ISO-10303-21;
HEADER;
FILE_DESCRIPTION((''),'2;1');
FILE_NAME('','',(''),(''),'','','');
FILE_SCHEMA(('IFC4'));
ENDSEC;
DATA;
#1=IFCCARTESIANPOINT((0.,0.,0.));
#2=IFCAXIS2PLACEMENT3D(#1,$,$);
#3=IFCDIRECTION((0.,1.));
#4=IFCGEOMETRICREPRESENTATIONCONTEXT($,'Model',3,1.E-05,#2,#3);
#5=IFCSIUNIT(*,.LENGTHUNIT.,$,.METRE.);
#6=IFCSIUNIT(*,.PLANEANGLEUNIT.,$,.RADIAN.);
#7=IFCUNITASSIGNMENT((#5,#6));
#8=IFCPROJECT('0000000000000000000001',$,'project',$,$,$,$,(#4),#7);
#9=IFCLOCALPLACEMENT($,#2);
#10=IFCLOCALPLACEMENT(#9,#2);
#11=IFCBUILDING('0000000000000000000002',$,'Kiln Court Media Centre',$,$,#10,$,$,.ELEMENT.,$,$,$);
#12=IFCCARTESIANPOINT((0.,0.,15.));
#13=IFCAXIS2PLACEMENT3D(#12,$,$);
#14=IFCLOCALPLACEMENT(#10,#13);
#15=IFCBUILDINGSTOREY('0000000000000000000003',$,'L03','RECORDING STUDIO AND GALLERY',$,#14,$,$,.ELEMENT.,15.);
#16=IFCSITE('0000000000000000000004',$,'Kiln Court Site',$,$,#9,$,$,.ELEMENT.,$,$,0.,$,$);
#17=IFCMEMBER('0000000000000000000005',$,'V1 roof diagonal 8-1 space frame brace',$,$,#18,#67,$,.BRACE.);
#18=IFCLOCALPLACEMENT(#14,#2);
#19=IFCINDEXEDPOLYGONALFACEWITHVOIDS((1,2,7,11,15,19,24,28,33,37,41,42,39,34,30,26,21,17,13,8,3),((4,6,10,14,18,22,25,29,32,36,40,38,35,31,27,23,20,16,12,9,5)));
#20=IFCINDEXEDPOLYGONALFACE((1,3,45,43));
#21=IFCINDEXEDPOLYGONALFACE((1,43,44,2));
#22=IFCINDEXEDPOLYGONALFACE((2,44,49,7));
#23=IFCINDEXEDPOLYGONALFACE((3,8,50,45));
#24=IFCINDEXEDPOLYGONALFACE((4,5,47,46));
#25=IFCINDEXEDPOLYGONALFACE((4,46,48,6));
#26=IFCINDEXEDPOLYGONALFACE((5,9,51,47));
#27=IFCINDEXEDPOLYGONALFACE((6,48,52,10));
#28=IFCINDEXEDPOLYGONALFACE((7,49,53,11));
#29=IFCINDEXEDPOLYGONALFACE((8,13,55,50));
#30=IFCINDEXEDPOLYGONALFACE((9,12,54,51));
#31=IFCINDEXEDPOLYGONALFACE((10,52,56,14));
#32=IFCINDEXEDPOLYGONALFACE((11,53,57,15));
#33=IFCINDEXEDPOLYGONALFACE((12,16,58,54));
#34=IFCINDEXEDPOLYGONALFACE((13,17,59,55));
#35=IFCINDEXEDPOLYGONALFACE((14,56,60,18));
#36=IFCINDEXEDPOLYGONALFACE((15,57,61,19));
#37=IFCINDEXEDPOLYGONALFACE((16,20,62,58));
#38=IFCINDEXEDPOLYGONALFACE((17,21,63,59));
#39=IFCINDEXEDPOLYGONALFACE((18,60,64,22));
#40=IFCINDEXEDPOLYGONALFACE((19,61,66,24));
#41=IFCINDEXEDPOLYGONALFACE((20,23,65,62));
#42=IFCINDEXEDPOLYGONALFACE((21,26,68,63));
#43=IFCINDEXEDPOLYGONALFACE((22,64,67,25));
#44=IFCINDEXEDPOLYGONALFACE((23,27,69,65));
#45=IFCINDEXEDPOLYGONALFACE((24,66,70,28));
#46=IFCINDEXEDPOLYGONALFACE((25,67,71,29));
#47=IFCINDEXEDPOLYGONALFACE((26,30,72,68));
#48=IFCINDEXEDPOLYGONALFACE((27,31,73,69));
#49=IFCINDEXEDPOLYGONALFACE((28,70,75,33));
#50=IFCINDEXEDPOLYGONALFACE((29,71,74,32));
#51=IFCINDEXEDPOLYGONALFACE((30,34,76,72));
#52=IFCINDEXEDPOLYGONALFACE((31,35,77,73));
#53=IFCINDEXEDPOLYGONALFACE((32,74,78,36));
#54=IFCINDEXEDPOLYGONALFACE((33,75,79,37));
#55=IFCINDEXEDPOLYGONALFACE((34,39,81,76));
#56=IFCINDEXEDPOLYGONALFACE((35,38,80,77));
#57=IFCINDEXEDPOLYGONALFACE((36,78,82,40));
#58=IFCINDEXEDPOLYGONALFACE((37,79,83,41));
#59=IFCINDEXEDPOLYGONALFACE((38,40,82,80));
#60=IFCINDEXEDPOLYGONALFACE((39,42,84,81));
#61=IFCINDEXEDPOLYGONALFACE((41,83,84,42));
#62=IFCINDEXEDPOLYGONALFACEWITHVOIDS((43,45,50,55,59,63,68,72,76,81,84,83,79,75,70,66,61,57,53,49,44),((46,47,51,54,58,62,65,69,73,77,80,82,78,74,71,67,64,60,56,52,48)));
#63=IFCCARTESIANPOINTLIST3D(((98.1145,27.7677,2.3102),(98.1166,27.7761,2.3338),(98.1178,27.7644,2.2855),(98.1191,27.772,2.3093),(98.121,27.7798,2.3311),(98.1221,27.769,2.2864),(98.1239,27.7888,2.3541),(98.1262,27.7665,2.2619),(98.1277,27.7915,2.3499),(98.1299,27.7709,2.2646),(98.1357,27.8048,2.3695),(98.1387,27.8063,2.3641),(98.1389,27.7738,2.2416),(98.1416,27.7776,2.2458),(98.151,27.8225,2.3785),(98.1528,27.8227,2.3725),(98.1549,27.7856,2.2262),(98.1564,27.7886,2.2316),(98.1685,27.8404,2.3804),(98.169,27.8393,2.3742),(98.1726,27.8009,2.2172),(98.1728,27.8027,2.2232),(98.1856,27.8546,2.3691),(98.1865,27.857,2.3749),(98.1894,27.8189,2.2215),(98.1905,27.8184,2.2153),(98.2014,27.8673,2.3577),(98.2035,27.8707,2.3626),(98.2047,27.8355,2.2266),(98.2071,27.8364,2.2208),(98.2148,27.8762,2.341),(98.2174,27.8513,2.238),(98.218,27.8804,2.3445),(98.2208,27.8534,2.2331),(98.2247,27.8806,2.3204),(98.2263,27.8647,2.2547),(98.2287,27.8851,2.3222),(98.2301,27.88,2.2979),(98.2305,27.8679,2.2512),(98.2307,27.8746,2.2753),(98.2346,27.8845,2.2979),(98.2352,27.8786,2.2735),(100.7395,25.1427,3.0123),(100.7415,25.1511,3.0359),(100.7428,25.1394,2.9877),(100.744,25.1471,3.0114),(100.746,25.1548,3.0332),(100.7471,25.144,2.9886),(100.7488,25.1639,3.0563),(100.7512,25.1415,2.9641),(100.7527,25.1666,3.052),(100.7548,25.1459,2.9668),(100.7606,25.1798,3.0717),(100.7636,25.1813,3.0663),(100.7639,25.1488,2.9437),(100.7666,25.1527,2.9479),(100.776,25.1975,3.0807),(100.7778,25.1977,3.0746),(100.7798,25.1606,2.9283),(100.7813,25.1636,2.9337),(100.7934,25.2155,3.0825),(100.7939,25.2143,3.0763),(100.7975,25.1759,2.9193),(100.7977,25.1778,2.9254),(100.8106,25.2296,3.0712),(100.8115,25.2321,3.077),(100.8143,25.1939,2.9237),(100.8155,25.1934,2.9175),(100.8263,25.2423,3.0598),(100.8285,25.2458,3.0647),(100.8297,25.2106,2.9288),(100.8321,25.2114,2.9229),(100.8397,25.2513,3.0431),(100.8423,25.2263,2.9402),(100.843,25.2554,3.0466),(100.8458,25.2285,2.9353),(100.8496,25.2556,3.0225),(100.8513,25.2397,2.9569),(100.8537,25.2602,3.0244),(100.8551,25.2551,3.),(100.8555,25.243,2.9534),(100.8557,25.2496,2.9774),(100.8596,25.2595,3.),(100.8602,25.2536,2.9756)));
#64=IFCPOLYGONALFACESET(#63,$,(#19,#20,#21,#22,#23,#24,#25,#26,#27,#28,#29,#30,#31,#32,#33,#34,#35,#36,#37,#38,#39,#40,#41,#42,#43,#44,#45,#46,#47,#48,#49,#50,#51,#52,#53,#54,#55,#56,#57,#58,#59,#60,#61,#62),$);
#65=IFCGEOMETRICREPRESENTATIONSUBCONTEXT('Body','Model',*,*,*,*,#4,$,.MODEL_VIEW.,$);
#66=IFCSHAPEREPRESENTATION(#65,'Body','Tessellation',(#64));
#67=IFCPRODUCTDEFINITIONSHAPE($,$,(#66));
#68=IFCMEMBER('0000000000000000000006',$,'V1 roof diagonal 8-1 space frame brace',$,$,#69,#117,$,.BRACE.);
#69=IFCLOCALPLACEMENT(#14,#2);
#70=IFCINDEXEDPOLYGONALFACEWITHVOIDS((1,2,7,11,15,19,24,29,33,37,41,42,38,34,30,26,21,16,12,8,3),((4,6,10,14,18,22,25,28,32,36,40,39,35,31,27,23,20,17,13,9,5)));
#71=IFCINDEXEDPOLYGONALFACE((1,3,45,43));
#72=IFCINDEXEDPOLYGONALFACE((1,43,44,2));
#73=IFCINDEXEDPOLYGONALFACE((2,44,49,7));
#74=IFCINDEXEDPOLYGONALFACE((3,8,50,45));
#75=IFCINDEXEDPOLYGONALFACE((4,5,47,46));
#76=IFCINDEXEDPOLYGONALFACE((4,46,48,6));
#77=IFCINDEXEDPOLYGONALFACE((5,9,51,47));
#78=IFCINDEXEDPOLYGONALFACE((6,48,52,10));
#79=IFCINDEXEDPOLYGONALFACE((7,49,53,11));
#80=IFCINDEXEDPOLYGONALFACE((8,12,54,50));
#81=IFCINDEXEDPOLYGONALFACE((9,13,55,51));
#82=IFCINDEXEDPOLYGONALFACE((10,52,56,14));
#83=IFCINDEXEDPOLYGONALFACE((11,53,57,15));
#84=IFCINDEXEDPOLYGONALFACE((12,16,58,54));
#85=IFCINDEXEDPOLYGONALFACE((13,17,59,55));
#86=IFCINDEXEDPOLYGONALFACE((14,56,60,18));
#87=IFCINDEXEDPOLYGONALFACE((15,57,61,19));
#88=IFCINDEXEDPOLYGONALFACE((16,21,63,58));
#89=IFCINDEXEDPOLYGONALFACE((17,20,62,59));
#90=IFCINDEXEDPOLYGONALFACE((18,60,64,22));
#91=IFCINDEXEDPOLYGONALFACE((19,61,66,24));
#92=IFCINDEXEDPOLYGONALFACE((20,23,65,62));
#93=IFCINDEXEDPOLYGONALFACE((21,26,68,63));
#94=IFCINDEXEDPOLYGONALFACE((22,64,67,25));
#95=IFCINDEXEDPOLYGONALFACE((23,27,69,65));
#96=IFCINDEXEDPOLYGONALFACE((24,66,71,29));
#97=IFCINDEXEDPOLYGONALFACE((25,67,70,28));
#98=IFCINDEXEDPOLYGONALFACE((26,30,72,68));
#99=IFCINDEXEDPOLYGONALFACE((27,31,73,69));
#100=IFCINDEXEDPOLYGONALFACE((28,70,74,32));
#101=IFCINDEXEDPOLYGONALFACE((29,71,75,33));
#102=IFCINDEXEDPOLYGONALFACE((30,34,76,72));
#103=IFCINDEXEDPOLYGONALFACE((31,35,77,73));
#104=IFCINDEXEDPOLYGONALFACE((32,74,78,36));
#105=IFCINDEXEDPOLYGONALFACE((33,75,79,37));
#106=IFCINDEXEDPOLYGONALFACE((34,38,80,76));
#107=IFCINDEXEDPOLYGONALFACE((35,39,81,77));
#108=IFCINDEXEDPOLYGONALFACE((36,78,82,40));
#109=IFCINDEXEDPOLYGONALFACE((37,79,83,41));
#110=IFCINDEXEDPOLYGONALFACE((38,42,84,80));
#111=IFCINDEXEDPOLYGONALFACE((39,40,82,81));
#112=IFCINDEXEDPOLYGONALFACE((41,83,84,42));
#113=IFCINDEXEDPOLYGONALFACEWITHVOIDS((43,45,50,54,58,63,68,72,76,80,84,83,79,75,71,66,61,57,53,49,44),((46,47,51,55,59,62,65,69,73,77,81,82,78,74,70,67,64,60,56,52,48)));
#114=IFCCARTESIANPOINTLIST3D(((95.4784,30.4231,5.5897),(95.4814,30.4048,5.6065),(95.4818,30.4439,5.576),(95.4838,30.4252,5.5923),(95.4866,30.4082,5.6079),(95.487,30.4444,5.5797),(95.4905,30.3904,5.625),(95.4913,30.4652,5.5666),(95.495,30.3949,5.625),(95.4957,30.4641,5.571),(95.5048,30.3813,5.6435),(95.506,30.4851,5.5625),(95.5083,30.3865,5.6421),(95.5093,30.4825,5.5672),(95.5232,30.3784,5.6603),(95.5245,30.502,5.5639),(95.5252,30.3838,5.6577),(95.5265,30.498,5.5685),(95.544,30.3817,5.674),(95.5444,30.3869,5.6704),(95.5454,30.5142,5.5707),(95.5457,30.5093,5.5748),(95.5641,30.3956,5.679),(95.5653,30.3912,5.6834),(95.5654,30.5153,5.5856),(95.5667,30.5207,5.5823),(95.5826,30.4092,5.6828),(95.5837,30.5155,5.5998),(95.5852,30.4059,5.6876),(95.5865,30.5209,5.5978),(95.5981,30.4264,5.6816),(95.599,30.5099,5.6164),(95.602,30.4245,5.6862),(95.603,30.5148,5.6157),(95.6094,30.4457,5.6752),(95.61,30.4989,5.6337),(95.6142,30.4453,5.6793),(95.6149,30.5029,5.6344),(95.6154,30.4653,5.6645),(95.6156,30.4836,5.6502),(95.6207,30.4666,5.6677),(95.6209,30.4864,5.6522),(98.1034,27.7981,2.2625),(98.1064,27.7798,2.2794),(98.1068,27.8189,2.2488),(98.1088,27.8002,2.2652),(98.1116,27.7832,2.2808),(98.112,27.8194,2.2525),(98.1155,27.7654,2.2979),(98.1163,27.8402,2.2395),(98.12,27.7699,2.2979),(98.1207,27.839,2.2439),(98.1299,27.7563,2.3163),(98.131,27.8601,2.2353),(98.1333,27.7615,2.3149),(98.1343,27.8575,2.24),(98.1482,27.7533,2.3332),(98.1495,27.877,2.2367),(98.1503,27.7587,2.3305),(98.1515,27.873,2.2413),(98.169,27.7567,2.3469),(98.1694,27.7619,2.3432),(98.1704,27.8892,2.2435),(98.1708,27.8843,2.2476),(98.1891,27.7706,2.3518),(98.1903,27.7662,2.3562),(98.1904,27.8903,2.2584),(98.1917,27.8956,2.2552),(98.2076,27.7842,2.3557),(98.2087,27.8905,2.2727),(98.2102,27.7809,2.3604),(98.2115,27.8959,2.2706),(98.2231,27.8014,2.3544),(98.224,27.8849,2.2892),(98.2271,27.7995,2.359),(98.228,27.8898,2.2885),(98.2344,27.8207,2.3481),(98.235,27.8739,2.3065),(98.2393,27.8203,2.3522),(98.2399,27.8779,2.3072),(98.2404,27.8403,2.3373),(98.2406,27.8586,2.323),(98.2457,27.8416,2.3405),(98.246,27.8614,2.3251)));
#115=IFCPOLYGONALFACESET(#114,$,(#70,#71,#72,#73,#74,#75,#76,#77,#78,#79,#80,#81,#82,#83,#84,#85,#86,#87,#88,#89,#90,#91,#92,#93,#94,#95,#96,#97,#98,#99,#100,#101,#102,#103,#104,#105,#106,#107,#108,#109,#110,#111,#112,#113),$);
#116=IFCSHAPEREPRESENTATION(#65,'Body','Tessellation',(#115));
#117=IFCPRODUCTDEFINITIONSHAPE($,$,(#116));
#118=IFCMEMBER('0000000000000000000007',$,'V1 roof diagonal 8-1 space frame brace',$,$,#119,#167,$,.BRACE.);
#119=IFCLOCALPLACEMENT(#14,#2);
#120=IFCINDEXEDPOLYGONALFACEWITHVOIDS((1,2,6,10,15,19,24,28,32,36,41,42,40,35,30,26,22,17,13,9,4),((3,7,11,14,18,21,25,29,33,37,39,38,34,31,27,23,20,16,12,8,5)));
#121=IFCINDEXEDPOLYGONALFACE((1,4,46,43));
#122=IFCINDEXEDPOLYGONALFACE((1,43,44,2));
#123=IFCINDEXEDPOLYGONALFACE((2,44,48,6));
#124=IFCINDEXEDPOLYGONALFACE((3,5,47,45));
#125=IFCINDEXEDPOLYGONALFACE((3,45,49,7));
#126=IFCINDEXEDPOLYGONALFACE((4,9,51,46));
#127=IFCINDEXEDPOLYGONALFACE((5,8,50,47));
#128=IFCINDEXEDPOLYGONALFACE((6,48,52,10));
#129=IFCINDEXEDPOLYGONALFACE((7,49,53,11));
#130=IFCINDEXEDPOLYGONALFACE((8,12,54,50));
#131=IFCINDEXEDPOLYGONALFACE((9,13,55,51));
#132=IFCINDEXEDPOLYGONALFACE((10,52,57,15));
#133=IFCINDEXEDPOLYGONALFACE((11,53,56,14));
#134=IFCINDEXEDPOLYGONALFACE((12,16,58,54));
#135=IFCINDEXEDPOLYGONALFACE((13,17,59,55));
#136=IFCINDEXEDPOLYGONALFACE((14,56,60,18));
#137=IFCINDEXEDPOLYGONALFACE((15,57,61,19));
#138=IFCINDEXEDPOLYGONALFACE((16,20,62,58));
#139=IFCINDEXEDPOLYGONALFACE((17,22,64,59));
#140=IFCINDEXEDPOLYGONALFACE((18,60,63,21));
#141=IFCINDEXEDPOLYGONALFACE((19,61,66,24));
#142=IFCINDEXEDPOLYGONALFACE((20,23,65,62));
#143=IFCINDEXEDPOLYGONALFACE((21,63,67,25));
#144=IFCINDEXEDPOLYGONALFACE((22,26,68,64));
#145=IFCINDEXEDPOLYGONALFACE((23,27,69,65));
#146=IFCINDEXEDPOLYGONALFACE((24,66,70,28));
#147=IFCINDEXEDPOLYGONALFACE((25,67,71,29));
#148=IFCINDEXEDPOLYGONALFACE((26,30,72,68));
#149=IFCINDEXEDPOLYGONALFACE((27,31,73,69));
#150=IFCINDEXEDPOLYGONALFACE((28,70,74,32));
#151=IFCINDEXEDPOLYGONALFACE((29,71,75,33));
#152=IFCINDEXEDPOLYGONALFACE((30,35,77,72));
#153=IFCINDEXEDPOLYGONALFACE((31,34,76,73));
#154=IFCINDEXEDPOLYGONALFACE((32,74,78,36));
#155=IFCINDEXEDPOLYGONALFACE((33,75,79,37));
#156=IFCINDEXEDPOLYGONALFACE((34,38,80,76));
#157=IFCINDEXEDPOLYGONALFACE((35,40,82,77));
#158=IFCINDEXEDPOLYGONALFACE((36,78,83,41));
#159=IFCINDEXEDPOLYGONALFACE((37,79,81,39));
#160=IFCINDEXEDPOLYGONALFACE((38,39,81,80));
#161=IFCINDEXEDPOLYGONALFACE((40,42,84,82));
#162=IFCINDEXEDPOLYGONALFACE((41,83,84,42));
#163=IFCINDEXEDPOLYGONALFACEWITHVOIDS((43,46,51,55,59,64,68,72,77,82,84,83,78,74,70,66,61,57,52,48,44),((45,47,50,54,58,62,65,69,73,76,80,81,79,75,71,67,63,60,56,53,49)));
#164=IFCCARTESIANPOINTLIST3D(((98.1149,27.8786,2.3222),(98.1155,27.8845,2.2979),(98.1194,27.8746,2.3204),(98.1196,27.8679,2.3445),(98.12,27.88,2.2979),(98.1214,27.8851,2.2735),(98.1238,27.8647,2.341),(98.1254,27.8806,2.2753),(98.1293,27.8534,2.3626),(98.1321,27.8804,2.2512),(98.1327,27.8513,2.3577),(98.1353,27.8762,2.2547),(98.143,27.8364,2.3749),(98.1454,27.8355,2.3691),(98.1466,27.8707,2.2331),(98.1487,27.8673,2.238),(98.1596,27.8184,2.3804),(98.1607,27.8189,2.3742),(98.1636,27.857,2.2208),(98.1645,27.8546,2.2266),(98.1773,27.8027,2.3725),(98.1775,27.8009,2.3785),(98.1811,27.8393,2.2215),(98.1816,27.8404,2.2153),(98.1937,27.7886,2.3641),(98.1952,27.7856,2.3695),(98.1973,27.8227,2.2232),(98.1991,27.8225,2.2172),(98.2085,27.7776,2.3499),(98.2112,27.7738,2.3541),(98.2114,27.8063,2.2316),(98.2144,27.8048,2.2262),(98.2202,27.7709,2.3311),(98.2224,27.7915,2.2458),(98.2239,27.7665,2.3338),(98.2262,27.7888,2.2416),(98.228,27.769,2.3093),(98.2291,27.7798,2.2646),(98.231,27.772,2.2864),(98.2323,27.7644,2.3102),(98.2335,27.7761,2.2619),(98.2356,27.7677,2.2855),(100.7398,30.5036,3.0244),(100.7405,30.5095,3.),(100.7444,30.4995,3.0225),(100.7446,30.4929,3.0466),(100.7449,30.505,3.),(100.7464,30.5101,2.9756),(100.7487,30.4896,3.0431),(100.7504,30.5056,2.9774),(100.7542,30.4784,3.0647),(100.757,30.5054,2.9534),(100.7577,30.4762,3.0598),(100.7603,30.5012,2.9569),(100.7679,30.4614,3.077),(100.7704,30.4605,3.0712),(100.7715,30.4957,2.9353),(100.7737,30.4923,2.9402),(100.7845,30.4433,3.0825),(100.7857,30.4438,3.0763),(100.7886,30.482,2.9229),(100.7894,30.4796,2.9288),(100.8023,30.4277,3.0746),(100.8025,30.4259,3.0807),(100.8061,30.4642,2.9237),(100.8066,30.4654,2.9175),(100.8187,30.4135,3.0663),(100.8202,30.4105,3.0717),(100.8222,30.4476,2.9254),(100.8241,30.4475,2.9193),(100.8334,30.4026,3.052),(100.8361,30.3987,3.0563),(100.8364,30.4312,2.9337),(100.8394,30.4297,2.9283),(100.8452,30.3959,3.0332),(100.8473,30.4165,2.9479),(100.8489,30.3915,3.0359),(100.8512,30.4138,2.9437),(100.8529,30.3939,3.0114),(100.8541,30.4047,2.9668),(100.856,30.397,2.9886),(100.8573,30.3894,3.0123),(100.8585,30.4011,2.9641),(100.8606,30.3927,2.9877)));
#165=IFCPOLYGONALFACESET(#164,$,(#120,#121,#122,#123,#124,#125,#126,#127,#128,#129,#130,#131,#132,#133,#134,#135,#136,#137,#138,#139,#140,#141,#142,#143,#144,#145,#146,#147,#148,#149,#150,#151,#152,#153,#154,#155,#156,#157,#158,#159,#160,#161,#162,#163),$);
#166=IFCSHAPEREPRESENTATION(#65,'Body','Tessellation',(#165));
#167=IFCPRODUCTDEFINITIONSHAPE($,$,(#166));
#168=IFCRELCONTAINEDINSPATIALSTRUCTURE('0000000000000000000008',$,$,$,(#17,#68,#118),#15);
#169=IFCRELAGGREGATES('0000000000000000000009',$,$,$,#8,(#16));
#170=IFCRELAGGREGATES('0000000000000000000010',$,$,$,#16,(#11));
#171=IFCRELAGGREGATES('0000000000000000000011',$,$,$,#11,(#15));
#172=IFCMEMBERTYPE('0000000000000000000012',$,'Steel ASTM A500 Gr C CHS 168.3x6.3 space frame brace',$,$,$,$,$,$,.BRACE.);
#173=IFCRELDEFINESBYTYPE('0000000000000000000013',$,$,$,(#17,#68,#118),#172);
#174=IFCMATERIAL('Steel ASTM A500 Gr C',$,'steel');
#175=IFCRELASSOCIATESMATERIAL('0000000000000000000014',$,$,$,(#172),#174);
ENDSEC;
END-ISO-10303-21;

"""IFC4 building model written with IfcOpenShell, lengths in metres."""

from ifc_helpers import new_model, si_unit, direction, frame, origin, origin_2d, place, context, subcontext, project, spatial, hollow_circle, extrude, material, material_profile, profile_set, type_object, element, save


model = new_model("IFC4")

# Units and contexts
model_context = context("Model", 3, precision=1e-05, world=origin(), true_north=direction((0.0, 1.0)))
body_context = subcontext(model_context, "Body", "Model", "MODEL_VIEW")
ifc_project = project(units=[si_unit("LENGTHUNIT", "METRE"), si_unit("PLANEANGLEUNIT", "RADIAN")], contexts=[model_context])

# Site, building, storey
site_placement = place(None, origin())
site = spatial("IfcSite", under=ifc_project, at=site_placement, Name="Kiln Court Site", CompositionType="ELEMENT", RefElevation=0.0)
building_placement = place(site_placement, origin())
building = spatial("IfcBuilding", under=site, at=building_placement, Name="Kiln Court Media Centre", CompositionType="ELEMENT")
storey_placement = place(building_placement, frame((0.0, 0.0, 15.0)))
storey = spatial("IfcBuildingStorey", under=building, at=storey_placement, Name="L03", Description="RECORDING STUDIO AND GALLERY", CompositionType="ELEMENT", Elevation=15.0)

# Members
ifc_material_1 = material(Name="Steel ASTM A500 Gr C", Category="steel")
ifc_material_profile_1 = material_profile(ifc_material_1, hollow_circle(Radius=0.0842, WallThickness=0.0063, at=origin_2d()), Name="CHS 168.3x6.3")
ifc_profile_set_1 = profile_set([ifc_material_profile_1], Name="Steel ASTM A500 Gr C")
member_type_1 = type_object("IfcMemberType", Name="Steel ASTM A500 Gr C CHS 168.3x6.3 space frame brace", PredefinedType="BRACE", material=ifc_profile_set_1)
member_1_placement = place(storey_placement, frame((98.175, 27.825, 2.2979), z_axis=(0.694788, -0.694788, 0.185846), x_axis=(0.707107, 0.707107, 0.0)))
element("IfcMember", 1, at=member_1_placement, inside=storey, type_object=member_type_1, Name="V1 roof diagonal 8-1 space frame brace", PredefinedType="BRACE", context=body_context, shape_type="SweptSolid", body=[
    extrude(hollow_circle(Radius=0.0842, WallThickness=0.0063, at=origin_2d()), origin(), (0.0, 0.0, 1.0), 3.7781),
])
member_2_placement = place(storey_placement, frame((98.175, 27.825, 2.2979), z_axis=(-0.52657, 0.52657, 0.667419), x_axis=(-0.707107, -0.707107, 0.0)))
element("IfcMember", 2, at=member_2_placement, inside=storey, type_object=member_type_1, Name="V1 roof diagonal 8-1 space frame brace", PredefinedType="BRACE", context=body_context, shape_type="SweptSolid", body=[
    extrude(hollow_circle(Radius=0.0842, WallThickness=0.0063, at=origin_2d()), origin(), (0.0, 0.0, 1.0), 4.9851),
])
member_3_placement = place(storey_placement, frame((98.175, 27.825, 2.2979), z_axis=(0.694788, 0.694788, 0.185846), x_axis=(-0.707107, 0.707107, 0.0)))
element("IfcMember", 3, at=member_3_placement, inside=storey, type_object=member_type_1, Name="V1 roof diagonal 8-1 space frame brace", PredefinedType="BRACE", context=body_context, shape_type="SweptSolid", body=[
    extrude(hollow_circle(Radius=0.0842, WallThickness=0.0063, at=origin_2d()), origin(), (0.0, 0.0, 1.0), 3.7781),
])

save(model, "model.ifc")
